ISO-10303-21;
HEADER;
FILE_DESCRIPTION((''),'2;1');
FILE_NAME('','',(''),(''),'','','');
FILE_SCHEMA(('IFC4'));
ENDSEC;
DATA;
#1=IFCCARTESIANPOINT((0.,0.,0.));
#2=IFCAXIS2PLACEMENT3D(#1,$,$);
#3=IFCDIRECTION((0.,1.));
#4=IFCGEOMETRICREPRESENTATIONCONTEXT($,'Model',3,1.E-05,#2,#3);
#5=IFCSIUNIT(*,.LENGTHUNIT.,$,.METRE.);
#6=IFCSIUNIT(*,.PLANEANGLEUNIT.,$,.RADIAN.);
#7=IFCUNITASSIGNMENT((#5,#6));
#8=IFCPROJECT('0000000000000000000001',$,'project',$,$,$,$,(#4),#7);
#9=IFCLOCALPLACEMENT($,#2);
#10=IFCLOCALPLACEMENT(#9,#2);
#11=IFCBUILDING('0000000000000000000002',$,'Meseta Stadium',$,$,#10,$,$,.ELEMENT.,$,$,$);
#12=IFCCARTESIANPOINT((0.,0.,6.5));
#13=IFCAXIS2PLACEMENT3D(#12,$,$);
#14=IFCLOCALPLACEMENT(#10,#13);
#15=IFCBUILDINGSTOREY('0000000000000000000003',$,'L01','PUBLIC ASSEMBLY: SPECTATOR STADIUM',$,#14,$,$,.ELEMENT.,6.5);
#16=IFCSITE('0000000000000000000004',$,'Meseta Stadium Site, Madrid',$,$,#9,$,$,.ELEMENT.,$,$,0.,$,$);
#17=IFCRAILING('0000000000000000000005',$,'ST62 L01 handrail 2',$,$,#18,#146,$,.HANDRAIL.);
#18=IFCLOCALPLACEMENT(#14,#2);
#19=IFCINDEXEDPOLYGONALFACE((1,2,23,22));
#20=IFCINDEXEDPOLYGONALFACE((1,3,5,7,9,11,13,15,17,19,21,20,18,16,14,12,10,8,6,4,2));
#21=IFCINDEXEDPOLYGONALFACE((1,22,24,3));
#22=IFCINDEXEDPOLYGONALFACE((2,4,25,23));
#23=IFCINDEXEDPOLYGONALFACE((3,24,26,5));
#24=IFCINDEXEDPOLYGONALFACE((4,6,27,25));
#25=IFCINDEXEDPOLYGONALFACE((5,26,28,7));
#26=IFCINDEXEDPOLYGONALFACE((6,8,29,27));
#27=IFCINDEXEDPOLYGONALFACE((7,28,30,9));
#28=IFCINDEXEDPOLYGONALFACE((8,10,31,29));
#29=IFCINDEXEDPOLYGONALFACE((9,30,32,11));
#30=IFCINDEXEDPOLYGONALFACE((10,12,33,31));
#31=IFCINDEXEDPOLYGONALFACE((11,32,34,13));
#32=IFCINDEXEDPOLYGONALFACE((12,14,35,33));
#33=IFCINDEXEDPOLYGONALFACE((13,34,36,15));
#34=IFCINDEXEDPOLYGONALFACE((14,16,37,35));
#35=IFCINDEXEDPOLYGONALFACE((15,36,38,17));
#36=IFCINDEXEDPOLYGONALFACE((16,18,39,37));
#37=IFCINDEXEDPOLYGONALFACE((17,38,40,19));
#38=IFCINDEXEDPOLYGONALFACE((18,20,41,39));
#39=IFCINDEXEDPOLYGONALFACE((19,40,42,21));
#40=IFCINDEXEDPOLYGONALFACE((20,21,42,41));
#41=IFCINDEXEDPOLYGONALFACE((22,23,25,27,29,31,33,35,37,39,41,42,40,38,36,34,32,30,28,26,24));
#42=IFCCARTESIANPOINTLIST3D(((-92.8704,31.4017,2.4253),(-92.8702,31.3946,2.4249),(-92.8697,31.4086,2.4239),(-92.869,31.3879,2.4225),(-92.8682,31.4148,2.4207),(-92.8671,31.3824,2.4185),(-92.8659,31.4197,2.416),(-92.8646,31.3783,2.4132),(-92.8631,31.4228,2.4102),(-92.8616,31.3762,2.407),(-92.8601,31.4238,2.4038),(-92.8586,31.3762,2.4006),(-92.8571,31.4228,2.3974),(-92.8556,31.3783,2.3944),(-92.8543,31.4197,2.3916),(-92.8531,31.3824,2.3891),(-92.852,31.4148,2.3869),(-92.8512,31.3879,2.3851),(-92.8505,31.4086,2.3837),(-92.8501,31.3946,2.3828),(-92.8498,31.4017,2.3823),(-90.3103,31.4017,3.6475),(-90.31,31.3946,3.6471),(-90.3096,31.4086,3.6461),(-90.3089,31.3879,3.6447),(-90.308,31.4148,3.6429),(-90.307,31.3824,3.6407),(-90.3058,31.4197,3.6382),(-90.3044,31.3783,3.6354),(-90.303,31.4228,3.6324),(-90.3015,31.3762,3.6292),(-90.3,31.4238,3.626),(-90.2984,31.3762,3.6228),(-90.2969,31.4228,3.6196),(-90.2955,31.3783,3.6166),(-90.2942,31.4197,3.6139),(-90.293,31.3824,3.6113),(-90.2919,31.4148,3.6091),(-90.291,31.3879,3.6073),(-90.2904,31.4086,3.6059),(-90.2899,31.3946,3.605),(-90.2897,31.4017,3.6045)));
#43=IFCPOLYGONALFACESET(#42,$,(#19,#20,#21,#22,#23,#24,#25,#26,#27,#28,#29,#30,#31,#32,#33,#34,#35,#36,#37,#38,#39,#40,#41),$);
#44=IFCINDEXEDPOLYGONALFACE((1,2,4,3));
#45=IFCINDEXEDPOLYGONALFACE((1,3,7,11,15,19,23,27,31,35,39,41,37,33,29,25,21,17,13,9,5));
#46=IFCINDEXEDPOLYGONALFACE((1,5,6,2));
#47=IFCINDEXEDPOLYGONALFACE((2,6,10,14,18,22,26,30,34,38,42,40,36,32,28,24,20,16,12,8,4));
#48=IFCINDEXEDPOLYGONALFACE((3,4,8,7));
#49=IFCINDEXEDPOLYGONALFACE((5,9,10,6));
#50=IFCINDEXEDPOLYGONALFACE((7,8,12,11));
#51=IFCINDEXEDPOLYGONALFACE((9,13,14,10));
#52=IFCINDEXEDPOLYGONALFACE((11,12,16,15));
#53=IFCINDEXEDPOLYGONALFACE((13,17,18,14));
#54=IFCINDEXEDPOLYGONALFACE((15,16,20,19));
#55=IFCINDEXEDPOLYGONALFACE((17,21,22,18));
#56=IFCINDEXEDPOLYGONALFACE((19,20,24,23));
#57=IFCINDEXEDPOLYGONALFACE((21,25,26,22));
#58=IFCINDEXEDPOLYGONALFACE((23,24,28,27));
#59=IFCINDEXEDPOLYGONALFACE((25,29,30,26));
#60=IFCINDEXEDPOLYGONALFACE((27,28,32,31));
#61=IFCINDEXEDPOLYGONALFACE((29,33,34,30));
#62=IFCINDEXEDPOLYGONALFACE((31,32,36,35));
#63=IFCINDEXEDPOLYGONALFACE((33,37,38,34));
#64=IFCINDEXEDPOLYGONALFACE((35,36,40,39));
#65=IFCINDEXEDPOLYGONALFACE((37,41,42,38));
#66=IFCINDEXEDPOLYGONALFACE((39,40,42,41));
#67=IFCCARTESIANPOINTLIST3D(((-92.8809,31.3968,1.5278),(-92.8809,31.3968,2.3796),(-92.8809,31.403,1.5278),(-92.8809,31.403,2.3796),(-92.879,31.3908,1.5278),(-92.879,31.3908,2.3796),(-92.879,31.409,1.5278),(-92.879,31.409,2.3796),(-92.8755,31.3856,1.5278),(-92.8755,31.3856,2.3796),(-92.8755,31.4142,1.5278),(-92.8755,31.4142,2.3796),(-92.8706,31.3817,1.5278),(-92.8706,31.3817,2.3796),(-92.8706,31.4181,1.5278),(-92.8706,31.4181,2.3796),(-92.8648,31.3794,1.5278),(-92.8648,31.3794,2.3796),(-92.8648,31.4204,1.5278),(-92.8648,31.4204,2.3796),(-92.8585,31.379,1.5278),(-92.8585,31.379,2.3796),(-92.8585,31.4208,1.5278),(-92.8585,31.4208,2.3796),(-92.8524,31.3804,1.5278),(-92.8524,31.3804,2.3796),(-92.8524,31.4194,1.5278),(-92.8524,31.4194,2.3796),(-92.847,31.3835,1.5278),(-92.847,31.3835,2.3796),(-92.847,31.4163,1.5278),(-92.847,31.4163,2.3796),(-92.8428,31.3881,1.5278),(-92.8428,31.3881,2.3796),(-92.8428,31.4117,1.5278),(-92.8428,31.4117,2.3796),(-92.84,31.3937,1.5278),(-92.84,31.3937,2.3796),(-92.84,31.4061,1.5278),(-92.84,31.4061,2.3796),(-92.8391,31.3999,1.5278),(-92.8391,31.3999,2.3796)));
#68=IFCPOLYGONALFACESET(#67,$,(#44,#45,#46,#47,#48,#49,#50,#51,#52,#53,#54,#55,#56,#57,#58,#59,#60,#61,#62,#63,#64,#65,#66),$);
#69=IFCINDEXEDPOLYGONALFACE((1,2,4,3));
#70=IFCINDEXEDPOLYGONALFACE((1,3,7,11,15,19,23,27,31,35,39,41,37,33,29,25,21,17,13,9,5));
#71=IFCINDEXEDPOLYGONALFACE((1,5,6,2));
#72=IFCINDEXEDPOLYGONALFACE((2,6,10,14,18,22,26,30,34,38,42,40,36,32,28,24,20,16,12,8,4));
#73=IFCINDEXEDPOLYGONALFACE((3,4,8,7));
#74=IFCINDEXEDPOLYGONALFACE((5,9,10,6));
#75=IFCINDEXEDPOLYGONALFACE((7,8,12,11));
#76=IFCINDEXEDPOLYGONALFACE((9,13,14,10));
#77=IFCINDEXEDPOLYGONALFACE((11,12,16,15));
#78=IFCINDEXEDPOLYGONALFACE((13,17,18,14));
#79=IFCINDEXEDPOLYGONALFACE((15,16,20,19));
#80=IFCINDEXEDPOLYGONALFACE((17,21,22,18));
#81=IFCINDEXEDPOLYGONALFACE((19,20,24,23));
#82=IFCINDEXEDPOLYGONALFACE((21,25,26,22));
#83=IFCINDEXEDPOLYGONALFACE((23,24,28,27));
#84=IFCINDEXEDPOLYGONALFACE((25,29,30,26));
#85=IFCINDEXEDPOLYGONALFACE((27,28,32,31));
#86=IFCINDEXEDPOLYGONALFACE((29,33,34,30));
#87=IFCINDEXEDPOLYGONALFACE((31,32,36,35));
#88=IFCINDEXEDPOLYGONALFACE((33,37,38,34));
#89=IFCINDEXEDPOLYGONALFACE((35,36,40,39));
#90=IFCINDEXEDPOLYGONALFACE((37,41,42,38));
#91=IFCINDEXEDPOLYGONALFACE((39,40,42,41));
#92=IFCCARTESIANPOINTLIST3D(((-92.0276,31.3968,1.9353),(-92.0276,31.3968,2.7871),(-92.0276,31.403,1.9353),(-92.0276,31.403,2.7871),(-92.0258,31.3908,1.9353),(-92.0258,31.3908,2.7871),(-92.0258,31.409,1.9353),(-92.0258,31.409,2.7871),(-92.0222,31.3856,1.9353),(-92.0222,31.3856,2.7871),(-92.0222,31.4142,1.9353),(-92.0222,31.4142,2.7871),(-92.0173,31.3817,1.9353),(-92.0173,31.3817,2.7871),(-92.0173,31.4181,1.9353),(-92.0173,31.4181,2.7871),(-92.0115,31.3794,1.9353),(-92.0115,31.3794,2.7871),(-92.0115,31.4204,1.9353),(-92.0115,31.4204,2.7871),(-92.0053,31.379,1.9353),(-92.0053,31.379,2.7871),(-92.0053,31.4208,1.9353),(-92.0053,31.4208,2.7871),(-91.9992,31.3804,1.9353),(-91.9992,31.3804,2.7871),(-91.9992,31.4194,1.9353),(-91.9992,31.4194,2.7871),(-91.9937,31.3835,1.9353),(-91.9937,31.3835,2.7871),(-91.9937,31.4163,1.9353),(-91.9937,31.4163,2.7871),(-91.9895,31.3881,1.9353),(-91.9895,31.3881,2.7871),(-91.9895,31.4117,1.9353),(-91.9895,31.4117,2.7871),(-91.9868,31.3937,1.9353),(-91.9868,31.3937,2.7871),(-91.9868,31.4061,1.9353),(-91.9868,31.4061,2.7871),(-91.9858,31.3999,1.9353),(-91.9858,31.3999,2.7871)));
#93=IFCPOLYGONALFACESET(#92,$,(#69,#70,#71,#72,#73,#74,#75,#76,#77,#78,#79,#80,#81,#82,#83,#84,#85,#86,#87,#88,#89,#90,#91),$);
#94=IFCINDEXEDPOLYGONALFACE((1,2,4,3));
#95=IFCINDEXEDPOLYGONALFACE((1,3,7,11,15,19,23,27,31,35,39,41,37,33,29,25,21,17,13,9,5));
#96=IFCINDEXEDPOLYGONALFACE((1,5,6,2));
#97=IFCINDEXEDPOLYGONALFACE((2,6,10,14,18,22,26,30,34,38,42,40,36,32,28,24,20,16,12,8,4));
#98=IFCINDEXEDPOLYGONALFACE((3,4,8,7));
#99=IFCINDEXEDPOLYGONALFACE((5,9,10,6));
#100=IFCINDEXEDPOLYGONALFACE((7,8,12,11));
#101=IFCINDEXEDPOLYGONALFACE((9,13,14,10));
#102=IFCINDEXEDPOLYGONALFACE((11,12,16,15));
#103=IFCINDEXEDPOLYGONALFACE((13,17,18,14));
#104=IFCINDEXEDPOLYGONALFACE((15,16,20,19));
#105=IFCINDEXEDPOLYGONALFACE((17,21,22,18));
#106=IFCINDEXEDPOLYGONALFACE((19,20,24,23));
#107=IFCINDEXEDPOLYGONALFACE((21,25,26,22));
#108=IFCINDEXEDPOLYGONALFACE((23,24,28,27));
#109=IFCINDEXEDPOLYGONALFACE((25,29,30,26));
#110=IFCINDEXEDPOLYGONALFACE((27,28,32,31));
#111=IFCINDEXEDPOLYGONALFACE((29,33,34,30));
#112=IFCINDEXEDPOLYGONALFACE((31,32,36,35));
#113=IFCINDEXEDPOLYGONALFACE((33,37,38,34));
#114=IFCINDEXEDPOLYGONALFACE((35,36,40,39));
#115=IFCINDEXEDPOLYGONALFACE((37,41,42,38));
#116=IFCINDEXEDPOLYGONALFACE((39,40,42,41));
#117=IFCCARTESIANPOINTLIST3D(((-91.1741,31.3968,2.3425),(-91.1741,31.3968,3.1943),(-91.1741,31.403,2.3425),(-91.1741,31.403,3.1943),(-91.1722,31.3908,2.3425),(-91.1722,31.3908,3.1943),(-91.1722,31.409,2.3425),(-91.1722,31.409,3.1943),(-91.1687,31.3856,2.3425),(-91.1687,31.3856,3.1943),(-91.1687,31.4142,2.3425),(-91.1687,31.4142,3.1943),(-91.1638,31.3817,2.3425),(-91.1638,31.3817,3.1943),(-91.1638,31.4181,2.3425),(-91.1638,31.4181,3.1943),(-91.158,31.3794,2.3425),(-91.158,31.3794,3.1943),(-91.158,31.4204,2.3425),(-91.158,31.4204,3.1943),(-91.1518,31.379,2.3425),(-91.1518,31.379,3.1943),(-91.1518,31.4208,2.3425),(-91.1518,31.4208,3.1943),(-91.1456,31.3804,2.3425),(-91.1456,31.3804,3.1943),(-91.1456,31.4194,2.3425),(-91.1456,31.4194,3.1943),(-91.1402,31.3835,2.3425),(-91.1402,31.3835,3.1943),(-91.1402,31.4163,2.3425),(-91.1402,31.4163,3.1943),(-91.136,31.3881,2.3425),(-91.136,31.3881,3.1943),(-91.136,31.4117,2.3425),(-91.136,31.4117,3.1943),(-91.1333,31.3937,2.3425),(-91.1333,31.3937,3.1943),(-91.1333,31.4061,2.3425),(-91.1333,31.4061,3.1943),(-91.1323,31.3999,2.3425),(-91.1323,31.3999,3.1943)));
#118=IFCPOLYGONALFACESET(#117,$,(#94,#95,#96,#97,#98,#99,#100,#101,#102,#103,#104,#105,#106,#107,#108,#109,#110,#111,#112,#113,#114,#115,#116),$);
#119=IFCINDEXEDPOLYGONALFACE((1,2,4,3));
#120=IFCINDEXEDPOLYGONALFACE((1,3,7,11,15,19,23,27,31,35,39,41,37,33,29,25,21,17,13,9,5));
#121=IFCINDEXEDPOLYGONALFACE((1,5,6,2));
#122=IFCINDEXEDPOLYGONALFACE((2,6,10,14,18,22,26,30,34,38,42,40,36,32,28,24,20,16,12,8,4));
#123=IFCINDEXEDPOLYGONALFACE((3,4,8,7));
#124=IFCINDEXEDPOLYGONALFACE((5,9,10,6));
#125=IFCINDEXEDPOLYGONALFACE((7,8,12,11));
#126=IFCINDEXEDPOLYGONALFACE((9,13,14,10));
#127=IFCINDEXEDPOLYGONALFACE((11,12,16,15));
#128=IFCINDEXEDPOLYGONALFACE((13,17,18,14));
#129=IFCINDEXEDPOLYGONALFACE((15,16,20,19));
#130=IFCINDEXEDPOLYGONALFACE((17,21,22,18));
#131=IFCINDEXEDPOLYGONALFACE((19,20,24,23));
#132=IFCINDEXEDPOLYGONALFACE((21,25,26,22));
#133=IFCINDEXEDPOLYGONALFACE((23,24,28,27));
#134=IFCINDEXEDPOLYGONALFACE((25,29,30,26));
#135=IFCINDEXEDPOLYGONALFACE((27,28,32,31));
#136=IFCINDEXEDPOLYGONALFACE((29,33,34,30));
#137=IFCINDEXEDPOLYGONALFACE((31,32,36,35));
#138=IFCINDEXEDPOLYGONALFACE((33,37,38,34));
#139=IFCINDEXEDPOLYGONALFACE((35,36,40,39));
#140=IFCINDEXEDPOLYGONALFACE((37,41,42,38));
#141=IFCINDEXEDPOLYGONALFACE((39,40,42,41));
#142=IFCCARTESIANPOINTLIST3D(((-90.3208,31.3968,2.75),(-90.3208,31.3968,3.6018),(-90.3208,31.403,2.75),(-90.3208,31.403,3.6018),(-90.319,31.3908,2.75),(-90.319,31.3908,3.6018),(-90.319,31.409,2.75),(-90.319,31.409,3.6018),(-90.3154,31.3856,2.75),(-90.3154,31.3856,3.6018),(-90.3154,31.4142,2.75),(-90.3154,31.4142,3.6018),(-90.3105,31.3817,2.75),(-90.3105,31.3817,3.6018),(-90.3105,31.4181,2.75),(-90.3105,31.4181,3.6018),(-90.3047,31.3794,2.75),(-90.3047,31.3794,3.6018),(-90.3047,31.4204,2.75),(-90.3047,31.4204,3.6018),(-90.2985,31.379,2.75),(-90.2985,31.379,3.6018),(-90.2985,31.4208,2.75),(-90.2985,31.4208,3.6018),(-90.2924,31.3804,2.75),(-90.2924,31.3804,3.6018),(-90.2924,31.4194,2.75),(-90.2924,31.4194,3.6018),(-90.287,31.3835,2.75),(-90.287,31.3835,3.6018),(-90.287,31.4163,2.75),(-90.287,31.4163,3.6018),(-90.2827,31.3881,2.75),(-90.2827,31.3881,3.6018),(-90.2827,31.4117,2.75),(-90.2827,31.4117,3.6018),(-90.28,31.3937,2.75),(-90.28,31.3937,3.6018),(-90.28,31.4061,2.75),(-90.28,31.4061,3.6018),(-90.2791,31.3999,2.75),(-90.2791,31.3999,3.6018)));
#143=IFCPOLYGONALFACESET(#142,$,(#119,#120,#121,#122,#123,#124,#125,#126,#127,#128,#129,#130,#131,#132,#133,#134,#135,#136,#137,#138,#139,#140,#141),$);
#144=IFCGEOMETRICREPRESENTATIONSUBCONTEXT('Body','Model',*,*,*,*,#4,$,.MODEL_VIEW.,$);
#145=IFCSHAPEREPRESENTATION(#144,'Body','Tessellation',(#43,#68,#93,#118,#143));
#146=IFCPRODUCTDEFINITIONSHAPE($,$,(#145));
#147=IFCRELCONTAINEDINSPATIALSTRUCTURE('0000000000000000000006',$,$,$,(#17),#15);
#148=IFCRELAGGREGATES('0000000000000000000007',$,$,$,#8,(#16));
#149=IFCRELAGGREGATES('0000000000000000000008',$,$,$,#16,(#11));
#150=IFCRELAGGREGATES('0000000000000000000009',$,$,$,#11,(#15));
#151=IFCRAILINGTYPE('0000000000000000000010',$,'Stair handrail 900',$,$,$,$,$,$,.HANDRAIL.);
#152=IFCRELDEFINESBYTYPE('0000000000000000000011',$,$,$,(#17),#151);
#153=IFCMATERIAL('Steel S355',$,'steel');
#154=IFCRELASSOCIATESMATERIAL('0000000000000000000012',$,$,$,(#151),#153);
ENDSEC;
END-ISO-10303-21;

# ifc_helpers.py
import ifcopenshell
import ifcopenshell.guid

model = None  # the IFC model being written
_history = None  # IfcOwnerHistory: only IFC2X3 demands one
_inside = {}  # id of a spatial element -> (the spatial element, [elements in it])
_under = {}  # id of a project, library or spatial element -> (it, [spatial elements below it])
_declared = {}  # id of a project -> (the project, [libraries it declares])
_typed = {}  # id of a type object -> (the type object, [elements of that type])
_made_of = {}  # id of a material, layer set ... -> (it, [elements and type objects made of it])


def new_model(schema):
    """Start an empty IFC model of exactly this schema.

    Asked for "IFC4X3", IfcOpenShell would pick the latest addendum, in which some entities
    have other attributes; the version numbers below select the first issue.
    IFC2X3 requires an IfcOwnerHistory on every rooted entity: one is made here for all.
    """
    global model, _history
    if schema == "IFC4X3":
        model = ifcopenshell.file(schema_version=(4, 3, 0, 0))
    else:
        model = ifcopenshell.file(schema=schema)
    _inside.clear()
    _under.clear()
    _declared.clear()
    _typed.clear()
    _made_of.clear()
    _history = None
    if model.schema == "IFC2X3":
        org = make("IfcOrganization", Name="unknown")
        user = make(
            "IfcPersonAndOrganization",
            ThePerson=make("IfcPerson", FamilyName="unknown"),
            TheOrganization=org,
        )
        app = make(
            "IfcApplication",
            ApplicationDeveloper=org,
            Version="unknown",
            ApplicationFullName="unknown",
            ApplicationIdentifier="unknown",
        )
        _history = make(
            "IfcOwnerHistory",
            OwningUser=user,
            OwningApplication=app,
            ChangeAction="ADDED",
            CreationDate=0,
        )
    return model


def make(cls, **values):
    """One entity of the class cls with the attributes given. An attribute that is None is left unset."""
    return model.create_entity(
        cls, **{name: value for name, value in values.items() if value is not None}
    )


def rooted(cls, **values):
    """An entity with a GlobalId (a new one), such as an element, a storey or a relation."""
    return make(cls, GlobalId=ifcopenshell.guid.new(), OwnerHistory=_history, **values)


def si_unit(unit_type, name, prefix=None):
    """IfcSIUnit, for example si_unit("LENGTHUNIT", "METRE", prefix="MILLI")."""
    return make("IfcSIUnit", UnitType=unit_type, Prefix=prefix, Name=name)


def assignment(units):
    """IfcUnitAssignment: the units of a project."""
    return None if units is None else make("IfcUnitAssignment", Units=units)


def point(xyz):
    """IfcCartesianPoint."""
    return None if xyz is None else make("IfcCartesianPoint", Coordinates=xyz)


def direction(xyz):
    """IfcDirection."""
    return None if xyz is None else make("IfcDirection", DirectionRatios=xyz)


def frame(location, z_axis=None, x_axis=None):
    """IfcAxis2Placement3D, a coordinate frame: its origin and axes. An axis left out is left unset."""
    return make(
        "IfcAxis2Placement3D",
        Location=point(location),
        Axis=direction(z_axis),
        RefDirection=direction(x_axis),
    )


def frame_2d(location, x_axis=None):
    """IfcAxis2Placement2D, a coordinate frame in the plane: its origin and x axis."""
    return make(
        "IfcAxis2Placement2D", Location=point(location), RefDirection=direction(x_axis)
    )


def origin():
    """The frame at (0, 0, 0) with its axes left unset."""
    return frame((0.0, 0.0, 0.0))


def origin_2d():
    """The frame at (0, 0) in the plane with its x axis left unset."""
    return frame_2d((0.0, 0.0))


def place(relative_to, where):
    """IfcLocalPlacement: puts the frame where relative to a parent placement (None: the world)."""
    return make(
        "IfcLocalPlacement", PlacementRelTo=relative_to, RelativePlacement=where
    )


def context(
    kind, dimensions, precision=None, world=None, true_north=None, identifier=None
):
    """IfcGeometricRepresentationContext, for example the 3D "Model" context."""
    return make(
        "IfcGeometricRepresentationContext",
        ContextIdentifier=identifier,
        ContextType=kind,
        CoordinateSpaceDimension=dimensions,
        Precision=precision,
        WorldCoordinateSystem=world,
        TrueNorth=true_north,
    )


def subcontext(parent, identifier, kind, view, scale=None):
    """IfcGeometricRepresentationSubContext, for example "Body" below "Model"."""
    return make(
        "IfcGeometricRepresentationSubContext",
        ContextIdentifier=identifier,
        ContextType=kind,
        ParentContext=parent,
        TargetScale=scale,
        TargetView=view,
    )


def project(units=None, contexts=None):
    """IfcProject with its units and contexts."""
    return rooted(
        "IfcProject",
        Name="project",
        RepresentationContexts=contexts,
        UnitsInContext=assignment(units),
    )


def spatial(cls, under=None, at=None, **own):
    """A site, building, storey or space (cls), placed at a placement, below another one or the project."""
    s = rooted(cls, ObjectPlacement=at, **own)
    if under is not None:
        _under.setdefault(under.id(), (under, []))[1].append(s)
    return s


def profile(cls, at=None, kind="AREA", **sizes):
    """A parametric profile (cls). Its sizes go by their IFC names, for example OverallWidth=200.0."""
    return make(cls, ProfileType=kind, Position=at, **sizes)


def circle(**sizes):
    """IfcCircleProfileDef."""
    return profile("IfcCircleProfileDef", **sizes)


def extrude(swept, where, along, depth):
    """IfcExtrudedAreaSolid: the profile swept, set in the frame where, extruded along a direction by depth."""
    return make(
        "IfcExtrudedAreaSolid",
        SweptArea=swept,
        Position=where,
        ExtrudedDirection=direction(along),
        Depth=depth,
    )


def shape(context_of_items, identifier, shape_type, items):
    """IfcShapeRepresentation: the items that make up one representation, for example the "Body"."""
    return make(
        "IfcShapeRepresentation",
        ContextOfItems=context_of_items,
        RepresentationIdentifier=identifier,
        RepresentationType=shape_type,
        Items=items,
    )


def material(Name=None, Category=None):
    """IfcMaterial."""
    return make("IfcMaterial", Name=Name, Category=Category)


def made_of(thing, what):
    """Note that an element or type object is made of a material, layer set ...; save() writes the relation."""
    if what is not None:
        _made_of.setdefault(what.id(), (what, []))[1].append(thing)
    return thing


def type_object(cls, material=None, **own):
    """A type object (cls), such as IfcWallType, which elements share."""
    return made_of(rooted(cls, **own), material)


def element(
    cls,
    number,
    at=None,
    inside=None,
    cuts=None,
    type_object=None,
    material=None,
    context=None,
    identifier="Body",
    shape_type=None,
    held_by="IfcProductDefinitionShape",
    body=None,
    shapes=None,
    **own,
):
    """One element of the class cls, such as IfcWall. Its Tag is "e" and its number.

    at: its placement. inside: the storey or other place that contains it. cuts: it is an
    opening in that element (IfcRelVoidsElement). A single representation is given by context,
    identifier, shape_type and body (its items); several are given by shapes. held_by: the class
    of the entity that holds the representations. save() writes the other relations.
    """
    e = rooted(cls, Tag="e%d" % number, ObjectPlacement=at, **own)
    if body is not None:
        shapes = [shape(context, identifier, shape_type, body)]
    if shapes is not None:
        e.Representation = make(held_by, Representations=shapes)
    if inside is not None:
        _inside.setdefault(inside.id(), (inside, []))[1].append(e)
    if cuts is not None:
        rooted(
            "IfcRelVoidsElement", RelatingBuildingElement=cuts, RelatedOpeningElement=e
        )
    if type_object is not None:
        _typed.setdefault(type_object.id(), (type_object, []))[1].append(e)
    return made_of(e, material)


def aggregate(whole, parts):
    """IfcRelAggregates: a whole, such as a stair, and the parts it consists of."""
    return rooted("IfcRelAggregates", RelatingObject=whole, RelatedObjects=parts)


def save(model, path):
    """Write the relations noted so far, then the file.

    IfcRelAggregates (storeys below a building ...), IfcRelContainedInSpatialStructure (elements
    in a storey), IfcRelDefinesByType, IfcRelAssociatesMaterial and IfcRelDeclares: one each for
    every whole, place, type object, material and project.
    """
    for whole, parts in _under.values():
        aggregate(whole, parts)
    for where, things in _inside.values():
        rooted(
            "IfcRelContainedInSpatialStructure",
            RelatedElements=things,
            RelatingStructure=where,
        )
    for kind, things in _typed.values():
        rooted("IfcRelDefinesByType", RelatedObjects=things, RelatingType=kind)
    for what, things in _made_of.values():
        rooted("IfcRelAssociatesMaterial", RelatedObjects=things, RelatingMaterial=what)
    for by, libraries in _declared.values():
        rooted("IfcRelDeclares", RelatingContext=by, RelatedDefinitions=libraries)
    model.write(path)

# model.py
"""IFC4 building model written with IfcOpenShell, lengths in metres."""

from ifc_helpers import new_model, si_unit, direction, frame, origin, origin_2d, place, context, subcontext, project, spatial, circle, extrude, material, type_object, element, save


model = new_model("IFC4")

# Units and contexts
model_context = context("Model", 3, precision=1e-05, world=origin(), true_north=direction((0.0, 1.0)))
body_context = subcontext(model_context, "Body", "Model", "MODEL_VIEW")
ifc_project = project(units=[si_unit("LENGTHUNIT", "METRE"), si_unit("PLANEANGLEUNIT", "RADIAN")], contexts=[model_context])

# Site, building, storey
site_placement = place(None, origin())
site = spatial("IfcSite", under=ifc_project, at=site_placement, Name="Meseta Stadium Site, Madrid", CompositionType="ELEMENT", RefElevation=0.0)
building_placement = place(site_placement, origin())
building = spatial("IfcBuilding", under=site, at=building_placement, Name="Meseta Stadium", CompositionType="ELEMENT")
storey_placement = place(building_placement, frame((0.0, 0.0, 6.5)))
storey = spatial("IfcBuildingStorey", under=building, at=storey_placement, Name="L01", Description="PUBLIC ASSEMBLY: SPECTATOR STADIUM", CompositionType="ELEMENT", Elevation=6.5)

# Railing
ifc_material_1 = material(Name="Steel S355", Category="steel")
railing_type_1 = type_object("IfcRailingType", Name="Stair handrail 900", PredefinedType="HANDRAIL", material=ifc_material_1)
for number, where, name in (
    (1, (-92.8601, 31.3999, 1.5278), "ST62 L01 handrail 2"),
):
    element("IfcRailing", number, at=place(storey_placement, frame(where)), inside=storey, type_object=railing_type_1, Name=name, PredefinedType="HANDRAIL", context=body_context, shape_type="SweptSolid", body=[
        extrude(circle(Radius=0.0239, at=origin_2d()), frame((0.0, 0.0, 0.876), z_axis=(0.902437, 0.0, 0.430822), x_axis=(0.0, 1.0, 0.0)), (0.0, 0.0, 1.0), 2.8369),
        extrude(circle(Radius=0.021, at=origin_2d()), origin(), (0.0, 0.0, 1.0), 0.8518),
        extrude(circle(Radius=0.021, at=origin_2d()), frame((0.8533, 0.0, 0.4075)), (0.0, 0.0, 1.0), 0.8518),
        extrude(circle(Radius=0.021, at=origin_2d()), frame((1.7068, 0.0, 0.8147)), (0.0, 0.0, 1.0), 0.8518),
        extrude(circle(Radius=0.021, at=origin_2d()), frame((2.5601, 0.0, 1.2222)), (0.0, 0.0, 1.0), 0.8518),
    ])

save(model, "model.ifc")
